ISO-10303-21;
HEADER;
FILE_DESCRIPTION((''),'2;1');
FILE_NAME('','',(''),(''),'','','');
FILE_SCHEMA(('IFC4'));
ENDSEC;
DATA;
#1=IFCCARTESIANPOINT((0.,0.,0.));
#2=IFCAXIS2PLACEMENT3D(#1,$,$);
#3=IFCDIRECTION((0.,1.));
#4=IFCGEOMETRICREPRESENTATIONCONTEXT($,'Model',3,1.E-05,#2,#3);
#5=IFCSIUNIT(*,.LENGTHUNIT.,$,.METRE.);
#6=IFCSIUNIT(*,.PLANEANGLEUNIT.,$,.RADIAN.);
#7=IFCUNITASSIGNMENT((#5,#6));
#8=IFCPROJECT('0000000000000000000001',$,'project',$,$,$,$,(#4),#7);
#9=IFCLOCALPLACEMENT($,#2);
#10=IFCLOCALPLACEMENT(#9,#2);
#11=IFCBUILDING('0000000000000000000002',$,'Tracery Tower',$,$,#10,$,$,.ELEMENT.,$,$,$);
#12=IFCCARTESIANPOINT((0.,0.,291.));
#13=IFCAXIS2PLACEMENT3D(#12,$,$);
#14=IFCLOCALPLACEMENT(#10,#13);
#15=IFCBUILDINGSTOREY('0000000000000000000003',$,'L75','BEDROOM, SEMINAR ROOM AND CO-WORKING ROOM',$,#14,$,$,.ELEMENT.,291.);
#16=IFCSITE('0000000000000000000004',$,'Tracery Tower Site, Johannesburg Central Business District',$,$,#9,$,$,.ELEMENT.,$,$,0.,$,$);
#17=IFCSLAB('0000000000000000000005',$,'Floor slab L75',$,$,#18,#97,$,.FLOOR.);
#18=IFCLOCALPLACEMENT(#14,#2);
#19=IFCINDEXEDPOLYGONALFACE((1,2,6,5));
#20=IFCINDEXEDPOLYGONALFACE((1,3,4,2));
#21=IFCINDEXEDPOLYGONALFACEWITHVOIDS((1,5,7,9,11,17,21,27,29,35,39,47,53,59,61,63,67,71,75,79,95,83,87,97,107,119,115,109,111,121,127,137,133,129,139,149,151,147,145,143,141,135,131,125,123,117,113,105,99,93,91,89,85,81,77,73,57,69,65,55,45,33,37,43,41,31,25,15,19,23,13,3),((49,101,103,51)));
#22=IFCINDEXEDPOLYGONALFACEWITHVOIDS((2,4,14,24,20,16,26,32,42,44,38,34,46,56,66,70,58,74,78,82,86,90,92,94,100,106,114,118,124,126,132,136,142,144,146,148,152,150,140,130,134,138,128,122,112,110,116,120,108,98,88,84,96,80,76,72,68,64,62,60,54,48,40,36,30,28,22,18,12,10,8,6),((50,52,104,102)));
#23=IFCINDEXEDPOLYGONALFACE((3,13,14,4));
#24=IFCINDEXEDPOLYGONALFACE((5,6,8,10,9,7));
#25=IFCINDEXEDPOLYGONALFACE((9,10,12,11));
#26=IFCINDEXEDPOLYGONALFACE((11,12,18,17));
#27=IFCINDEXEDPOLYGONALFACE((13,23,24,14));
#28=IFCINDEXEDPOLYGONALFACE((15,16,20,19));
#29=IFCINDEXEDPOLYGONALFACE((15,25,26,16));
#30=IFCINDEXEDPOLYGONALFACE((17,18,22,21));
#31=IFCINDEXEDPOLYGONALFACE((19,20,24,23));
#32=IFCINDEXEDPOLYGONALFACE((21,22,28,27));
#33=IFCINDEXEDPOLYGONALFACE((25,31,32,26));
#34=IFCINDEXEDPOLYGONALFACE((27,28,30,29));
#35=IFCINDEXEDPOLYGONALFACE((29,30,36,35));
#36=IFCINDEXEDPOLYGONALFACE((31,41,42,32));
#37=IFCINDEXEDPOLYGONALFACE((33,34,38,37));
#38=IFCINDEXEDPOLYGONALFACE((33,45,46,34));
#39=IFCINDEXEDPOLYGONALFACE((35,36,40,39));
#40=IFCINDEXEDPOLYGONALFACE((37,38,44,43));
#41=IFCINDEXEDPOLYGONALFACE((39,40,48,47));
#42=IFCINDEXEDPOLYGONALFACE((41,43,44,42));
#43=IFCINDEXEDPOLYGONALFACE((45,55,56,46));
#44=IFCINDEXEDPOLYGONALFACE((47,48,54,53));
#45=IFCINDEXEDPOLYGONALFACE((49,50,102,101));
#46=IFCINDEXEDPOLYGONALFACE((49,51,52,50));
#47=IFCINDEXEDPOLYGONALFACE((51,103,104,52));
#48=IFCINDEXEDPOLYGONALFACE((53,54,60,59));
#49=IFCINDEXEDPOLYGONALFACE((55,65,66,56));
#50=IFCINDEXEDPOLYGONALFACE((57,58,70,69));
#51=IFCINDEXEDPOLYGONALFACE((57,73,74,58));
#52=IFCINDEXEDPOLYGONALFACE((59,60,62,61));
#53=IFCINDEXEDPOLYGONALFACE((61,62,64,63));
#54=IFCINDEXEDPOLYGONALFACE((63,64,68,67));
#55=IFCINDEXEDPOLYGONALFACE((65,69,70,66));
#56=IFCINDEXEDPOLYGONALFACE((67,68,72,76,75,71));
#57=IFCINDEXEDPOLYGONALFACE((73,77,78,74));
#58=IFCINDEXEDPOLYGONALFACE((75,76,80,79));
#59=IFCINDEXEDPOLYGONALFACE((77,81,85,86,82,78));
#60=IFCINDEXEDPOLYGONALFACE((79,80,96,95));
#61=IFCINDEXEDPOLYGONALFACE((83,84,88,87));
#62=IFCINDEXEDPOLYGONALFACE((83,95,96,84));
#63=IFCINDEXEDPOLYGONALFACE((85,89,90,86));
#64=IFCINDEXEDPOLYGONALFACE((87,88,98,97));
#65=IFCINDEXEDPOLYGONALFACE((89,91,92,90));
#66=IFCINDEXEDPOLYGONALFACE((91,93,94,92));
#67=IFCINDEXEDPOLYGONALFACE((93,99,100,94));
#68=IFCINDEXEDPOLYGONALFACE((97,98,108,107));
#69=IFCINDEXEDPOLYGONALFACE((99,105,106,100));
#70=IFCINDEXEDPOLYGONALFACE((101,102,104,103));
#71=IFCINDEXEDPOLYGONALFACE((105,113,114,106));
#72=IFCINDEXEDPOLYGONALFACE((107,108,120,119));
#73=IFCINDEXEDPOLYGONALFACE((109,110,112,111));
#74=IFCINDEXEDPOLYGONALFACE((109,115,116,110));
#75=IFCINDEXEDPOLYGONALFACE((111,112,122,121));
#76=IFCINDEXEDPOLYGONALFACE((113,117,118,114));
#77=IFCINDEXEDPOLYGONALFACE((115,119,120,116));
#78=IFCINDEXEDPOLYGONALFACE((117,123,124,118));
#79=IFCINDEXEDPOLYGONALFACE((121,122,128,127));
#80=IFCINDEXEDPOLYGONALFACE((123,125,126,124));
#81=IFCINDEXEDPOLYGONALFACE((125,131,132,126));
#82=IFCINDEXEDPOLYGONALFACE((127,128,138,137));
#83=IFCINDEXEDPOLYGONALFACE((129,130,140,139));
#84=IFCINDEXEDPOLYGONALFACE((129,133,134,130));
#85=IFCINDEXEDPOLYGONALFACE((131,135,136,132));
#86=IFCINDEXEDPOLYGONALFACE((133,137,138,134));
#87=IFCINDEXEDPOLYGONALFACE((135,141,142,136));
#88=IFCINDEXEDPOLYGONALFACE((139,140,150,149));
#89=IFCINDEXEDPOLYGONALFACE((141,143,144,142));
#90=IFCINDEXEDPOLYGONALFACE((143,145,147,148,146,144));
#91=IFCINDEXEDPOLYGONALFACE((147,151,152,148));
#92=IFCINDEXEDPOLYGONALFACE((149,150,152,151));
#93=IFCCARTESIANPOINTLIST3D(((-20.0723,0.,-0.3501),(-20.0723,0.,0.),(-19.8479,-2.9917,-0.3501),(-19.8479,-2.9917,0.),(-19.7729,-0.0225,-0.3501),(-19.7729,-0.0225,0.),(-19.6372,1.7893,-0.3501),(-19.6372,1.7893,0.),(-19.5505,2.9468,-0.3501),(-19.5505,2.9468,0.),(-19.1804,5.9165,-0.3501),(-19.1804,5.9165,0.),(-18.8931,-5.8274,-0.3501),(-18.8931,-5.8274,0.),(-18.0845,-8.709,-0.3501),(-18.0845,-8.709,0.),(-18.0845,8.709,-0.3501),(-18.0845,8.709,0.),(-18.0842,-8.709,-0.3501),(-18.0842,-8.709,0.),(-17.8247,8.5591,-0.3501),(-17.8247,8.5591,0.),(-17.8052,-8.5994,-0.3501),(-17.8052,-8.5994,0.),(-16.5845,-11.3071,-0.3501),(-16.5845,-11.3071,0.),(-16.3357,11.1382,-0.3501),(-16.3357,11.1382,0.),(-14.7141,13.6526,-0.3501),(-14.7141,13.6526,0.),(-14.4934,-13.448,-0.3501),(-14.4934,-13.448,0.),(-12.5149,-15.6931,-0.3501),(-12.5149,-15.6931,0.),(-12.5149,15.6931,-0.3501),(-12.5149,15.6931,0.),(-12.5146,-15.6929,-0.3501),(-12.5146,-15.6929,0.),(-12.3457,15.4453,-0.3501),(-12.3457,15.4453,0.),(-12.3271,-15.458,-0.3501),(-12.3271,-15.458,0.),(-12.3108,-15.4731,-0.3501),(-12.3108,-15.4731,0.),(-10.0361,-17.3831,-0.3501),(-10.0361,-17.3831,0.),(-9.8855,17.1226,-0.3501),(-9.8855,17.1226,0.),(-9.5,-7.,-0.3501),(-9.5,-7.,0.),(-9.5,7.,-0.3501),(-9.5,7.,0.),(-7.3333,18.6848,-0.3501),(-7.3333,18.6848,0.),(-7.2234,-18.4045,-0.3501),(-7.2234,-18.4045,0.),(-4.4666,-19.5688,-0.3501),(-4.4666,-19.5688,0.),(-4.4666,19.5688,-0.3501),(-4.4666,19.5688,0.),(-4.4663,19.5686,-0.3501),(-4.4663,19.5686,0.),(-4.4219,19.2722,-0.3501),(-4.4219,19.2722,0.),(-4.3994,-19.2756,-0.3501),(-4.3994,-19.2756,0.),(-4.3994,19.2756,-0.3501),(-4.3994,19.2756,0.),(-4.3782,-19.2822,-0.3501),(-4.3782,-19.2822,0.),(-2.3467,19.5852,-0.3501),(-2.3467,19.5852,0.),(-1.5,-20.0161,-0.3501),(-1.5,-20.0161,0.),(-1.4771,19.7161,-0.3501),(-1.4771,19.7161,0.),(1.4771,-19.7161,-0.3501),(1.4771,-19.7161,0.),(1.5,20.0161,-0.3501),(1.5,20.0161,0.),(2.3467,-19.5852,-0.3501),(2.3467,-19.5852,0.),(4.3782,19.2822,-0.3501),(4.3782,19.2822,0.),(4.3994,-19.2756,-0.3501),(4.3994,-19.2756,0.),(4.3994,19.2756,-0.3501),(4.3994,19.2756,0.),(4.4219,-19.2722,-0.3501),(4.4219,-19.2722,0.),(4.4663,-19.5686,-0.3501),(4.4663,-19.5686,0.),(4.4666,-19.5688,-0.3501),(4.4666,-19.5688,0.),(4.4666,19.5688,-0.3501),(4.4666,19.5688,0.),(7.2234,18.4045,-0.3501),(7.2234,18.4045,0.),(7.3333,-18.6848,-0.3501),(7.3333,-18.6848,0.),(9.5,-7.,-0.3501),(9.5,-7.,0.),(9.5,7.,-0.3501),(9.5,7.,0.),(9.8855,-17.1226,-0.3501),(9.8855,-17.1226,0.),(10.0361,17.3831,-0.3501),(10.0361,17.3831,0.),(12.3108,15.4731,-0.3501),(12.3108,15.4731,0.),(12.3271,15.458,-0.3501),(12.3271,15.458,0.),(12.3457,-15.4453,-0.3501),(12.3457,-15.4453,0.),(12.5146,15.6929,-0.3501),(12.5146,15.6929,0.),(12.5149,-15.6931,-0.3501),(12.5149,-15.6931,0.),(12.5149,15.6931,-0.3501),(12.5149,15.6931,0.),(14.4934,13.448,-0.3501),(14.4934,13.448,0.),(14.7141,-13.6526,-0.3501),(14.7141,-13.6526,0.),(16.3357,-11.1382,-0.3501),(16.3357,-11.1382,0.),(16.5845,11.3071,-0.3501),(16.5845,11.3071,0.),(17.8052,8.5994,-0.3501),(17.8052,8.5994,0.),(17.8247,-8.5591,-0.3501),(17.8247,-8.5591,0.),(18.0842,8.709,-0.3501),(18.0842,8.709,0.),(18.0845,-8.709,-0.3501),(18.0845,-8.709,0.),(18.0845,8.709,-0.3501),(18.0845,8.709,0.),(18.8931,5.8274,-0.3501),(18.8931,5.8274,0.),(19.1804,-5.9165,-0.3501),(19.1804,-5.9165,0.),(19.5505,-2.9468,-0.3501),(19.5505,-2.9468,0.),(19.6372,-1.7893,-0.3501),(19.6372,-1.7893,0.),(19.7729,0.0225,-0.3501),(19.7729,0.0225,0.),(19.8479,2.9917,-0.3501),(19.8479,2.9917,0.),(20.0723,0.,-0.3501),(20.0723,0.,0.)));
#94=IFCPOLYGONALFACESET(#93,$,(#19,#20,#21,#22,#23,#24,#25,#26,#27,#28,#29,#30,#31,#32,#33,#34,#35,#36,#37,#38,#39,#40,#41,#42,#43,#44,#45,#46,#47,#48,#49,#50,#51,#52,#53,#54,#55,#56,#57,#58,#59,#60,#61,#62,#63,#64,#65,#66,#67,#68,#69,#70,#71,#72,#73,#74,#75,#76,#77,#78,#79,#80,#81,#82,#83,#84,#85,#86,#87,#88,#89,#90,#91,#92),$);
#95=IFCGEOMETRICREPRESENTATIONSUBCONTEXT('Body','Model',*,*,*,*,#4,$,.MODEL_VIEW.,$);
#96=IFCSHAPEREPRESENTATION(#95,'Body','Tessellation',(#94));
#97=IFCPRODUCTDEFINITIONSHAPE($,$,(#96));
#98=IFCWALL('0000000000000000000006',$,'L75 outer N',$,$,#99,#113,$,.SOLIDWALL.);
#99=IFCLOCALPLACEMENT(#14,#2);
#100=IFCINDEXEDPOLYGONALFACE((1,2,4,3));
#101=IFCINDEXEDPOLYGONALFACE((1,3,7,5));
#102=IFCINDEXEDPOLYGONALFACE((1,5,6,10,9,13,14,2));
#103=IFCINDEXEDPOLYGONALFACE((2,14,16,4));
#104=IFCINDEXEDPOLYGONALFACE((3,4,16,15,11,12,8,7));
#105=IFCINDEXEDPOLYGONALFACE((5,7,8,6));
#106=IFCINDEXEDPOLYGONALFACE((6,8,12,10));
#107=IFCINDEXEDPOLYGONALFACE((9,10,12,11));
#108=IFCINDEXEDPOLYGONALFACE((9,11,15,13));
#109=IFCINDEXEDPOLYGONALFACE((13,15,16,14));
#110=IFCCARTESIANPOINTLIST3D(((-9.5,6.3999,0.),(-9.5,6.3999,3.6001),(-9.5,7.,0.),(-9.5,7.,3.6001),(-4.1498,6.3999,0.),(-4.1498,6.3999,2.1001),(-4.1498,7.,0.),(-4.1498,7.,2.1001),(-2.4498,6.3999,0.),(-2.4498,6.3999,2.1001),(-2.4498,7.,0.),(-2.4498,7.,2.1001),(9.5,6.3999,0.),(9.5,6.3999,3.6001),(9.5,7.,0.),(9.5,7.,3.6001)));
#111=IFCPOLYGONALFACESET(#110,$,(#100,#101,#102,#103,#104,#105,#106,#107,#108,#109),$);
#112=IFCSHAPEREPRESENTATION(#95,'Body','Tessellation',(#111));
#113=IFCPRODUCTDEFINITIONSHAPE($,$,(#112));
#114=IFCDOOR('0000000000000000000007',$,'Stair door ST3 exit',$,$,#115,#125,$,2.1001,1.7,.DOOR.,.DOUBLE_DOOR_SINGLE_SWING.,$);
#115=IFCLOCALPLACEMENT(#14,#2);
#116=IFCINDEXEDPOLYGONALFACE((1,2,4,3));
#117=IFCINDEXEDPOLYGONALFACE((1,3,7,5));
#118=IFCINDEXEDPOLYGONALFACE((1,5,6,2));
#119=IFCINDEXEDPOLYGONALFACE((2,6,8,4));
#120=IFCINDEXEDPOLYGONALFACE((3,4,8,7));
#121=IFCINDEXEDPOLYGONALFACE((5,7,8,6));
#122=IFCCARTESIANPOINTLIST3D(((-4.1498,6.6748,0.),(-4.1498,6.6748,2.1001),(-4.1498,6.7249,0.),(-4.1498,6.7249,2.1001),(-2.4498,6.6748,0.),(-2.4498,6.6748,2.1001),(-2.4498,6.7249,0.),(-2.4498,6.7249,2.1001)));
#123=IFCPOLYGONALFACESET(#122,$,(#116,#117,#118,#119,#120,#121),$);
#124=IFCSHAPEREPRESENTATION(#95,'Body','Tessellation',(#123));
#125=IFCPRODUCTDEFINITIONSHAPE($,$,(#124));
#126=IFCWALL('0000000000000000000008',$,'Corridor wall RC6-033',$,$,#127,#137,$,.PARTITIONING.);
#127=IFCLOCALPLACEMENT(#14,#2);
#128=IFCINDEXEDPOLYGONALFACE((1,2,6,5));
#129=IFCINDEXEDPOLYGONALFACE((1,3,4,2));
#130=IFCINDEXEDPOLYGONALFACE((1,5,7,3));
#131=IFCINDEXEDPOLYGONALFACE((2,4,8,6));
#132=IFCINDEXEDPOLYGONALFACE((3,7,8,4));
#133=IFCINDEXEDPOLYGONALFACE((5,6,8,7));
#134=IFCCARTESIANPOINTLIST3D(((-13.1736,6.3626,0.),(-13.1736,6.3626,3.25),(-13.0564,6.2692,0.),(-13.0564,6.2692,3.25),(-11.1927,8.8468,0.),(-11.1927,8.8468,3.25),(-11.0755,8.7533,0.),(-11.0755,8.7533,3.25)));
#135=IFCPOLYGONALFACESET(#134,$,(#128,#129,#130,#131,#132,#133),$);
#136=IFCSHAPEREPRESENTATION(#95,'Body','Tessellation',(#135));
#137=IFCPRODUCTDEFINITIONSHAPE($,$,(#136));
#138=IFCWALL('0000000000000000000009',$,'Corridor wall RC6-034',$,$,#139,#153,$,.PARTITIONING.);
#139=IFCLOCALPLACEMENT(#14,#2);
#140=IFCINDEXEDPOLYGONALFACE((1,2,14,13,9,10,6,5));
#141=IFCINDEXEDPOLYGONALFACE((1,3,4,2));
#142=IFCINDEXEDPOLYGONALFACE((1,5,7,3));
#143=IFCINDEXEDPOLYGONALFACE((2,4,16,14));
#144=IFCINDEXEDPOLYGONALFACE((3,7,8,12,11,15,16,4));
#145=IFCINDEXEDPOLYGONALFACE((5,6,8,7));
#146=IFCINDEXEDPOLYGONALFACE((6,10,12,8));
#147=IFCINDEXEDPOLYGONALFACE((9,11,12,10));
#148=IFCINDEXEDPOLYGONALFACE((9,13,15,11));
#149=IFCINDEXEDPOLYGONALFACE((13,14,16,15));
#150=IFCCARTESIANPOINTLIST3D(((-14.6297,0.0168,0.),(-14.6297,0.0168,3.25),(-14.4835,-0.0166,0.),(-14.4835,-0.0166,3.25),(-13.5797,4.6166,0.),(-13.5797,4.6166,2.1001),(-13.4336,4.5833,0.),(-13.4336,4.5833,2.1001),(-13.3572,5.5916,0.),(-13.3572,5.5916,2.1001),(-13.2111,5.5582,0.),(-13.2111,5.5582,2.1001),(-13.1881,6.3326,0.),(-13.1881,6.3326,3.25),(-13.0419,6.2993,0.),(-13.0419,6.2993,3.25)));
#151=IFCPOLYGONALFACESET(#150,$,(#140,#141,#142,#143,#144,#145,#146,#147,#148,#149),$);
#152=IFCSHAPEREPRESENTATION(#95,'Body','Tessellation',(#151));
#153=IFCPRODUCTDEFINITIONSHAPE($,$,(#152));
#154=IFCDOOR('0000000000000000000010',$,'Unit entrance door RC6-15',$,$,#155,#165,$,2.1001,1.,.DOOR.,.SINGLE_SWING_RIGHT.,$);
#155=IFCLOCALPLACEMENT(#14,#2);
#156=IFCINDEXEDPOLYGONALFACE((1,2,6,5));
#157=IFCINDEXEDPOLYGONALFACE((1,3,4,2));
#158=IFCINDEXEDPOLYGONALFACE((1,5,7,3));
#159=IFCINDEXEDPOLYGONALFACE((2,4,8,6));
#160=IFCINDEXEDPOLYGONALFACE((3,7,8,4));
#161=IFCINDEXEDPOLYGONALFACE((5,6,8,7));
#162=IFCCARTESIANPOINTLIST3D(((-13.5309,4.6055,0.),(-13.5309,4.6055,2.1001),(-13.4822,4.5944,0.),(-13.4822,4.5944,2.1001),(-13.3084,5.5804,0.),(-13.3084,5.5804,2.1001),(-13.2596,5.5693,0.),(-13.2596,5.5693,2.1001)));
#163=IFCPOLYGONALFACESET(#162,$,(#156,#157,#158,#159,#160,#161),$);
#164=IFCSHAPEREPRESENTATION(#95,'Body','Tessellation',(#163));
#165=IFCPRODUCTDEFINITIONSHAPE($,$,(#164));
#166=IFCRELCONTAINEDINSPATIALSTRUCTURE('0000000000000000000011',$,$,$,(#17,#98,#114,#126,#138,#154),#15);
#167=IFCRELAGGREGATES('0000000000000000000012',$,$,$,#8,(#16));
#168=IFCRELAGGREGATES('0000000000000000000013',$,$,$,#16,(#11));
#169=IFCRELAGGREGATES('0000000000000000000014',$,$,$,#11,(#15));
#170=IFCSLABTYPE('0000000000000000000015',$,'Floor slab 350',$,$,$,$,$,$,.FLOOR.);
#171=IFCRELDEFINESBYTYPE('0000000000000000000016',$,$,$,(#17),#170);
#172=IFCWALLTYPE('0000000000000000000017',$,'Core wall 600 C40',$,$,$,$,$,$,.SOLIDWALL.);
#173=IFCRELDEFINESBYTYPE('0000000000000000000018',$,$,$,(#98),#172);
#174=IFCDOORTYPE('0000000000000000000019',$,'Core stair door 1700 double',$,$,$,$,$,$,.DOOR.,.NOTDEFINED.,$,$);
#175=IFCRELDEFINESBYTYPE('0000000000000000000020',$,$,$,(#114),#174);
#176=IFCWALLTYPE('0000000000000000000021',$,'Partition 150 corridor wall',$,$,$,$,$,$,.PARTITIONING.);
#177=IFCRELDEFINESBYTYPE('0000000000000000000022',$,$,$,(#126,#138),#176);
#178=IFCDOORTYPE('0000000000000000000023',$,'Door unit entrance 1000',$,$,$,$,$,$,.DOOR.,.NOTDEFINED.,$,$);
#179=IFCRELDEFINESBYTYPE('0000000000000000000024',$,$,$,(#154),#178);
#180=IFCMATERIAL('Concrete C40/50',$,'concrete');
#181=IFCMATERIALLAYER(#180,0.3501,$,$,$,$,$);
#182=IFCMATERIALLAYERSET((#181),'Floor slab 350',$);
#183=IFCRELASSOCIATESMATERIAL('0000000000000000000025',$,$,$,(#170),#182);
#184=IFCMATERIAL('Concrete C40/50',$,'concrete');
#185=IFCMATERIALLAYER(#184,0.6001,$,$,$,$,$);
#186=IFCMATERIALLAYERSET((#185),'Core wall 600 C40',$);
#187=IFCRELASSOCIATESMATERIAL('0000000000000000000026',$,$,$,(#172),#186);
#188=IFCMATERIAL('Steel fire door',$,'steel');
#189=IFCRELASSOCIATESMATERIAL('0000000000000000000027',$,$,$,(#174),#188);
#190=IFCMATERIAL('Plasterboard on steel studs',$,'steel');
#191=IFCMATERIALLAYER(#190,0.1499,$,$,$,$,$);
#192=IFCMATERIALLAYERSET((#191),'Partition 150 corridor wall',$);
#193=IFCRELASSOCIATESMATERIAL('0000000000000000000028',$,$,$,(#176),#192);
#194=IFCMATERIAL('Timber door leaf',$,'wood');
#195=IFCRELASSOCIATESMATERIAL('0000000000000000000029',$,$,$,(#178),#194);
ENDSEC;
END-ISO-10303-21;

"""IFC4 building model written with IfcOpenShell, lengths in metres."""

from ifc_helpers import new_model, si_unit, direction, frame, frame_2d, origin, place, context, subcontext, project, spatial, polyline, rectangle, outline, extrude, material, layer, layer_set, type_object, element, fill, save


model = new_model("IFC4")

# Units and contexts
model_context = context("Model", 3, precision=1e-05, world=origin(), true_north=direction((0.0, 1.0)))
body_context = subcontext(model_context, "Body", "Model", "MODEL_VIEW")
ifc_project = project(units=[si_unit("LENGTHUNIT", "METRE"), si_unit("PLANEANGLEUNIT", "RADIAN")], contexts=[model_context])

# Site, building, storey
site_placement = place(None, origin())
site = spatial("IfcSite", under=ifc_project, at=site_placement, Name="Tracery Tower Site, Johannesburg Central Business District", CompositionType="ELEMENT", RefElevation=0.0)
building_placement = place(site_placement, origin())
building = spatial("IfcBuilding", under=site, at=building_placement, Name="Tracery Tower", CompositionType="ELEMENT")
storey_placement = place(building_placement, frame((0.0, 0.0, 291.0)))
storey = spatial("IfcBuildingStorey", under=building, at=storey_placement, Name="L75", Description="BEDROOM, SEMINAR ROOM AND CO-WORKING ROOM", CompositionType="ELEMENT", Elevation=291.0)

# Slab
ifc_material_1 = material(Name="Concrete C40/50", Category="concrete")
ifc_layer_1 = layer(ifc_material_1, 0.3501)
ifc_layer_set_1 = layer_set([ifc_layer_1], Name="Floor slab 350")
slab_type = type_object("IfcSlabType", Name="Floor slab 350", PredefinedType="FLOOR", material=ifc_layer_set_1)
slab_placement = place(storey_placement, frame((0.0, 0.0, -0.3501)))
element("IfcSlab", 1, at=slab_placement, inside=storey, type_object=slab_type, Name="Floor slab L75", PredefinedType="FLOOR", context=body_context, shape_type="SweptSolid", body=[
    extrude(outline(polyline([(18.8931, 5.8274), (17.8052, 8.5994), (18.0842, 8.709), (18.0845, 8.709), (16.5845, 11.3071), (14.4934, 13.448), (12.3271, 15.458), (12.3271, 15.458), (12.3108, 15.4731), (12.5146, 15.6929), (12.5149, 15.6931), (10.0361, 17.3831), (7.2234, 18.4045), (4.3994, 19.2756), (4.3994, 19.2756), (4.3782, 19.2822), (4.4666, 19.5688), (1.5, 20.0161), (-1.4771, 19.7161), (-2.3467, 19.5852), (-4.3994, 19.2756), (-4.3994, 19.2756), (-4.4219, 19.2722), (-4.4663, 19.5686), (-4.4666, 19.5688), (-7.3333, 18.6848), (-9.8855, 17.1226), (-12.3457, 15.4453), (-12.5149, 15.6931), (-14.7141, 13.6526), (-16.3357, 11.1382), (-17.8247, 8.5591), (-18.0845, 8.709), (-19.1804, 5.9165), (-19.5505, 2.9468), (-19.6372, 1.7893), (-19.7729, -0.0225), (-20.0723, 0.0), (-20.0723, 0.0), (-19.8479, -2.9917), (-18.8931, -5.8274), (-17.8052, -8.5994), (-18.0842, -8.709), (-18.0845, -8.709), (-16.5845, -11.3071), (-14.4934, -13.448), (-12.3271, -15.458), (-12.3271, -15.458), (-12.3108, -15.4731), (-12.5146, -15.6929), (-12.5149, -15.6931), (-10.0361, -17.3831), (-7.2234, -18.4045), (-4.3994, -19.2756), (-4.3994, -19.2756), (-4.3782, -19.2822), (-4.4666, -19.5688), (-1.5, -20.0161), (1.4771, -19.7161), (2.3467, -19.5852), (4.3994, -19.2756), (4.3994, -19.2756), (4.4219, -19.2722), (4.4663, -19.5686), (4.4666, -19.5688), (7.3333, -18.6848), (9.8855, -17.1226), (12.3457, -15.4453), (12.5149, -15.6931), (14.7141, -13.6526), (16.3357, -11.1382), (17.8247, -8.5591), (18.0845, -8.709), (19.1804, -5.9165), (19.5505, -2.9468), (19.6372, -1.7893), (19.7729, 0.0225), (20.0723, 0.0), (19.8479, 2.9917), (18.8931, 5.8274)]), holes=[polyline([(-9.5, -7.0), (9.5, -7.0), (9.5, 7.0), (-9.5, 7.0), (-9.5, -7.0)])]), origin(), (0.0, 0.0, 1.0), 0.3501),
])

# Wall, opening, door
ifc_material_2 = material(Name="Concrete C40/50", Category="concrete")
ifc_layer_2 = layer(ifc_material_2, 0.6001)
ifc_layer_set_2 = layer_set([ifc_layer_2], Name="Core wall 600 C40")
wall_type_1 = type_object("IfcWallType", Name="Core wall 600 C40", PredefinedType="SOLIDWALL", material=ifc_layer_set_2)
wall_1_placement = place(storey_placement, frame((-9.5, 6.7, 0.0), z_axis=(0.0, 0.0, 1.0), x_axis=(1.0, 0.0, 0.0)))
wall_1 = element("IfcWall", 2, at=wall_1_placement, inside=storey, type_object=wall_type_1, Name="L75 outer N", PredefinedType="SOLIDWALL", context=body_context, shape_type="SweptSolid", body=[
    extrude(rectangle(XDim=19.0, YDim=0.6001, at=frame_2d((9.5, 0.0))), origin(), (0.0, 0.0, 1.0), 3.6001),
])
opening_1_placement = place(wall_1_placement, frame((5.3501, 0.0, 0.0)))
opening_1 = element("IfcOpeningElement", 3, at=opening_1_placement, cuts=wall_1, PredefinedType="OPENING", context=body_context, shape_type="SweptSolid", body=[
    extrude(rectangle(XDim=1.7, YDim=2.1001, at=frame_2d((0.8501, 1.05))), frame((0.0, 0.3, 0.0), z_axis=(0.0, -1.0, 0.0), x_axis=(1.0, 0.0, 0.0)), (0.0, 0.0, 1.0), 0.6001),
])
ifc_material_3 = material(Name="Steel fire door", Category="steel")
door_type_1 = type_object("IfcDoorType", Name="Core stair door 1700 double", OperationType="NOTDEFINED", PredefinedType="DOOR", material=ifc_material_3)
door_1_placement = place(opening_1_placement, origin())
door_1 = element("IfcDoor", 4, at=door_1_placement, inside=storey, type_object=door_type_1, Name="Stair door ST3 exit", OperationType="DOUBLE_DOOR_SINGLE_SWING", OverallHeight=2.1001, OverallWidth=1.7, PredefinedType="DOOR", context=body_context, shape_type="SweptSolid", body=[
    extrude(rectangle(XDim=1.7, YDim=2.1001, at=frame_2d((0.8501, 1.05))), frame((0.0, 0.0249, 0.0), z_axis=(0.0, -1.0, 0.0), x_axis=(1.0, 0.0, 0.0)), (0.0, 0.0, 1.0), 0.05),
])
fill(opening_1, door_1)

# Wall
ifc_material_4 = material(Name="Plasterboard on steel studs", Category="steel")
ifc_layer_3 = layer(ifc_material_4, 0.1499)
ifc_layer_set_3 = layer_set([ifc_layer_3], Name="Partition 150 corridor wall")
wall_type_2 = type_object("IfcWallType", Name="Partition 150 corridor wall", PredefinedType="PARTITIONING", material=ifc_layer_set_3)
wall_2_placement = place(storey_placement, frame((-13.115, 6.3159, 0.0), z_axis=(0.0, 0.0, 1.0), x_axis=(0.623476, 0.781842, 0.0)))
element("IfcWall", 5, at=wall_2_placement, inside=storey, type_object=wall_type_2, Name="Corridor wall RC6-033", PredefinedType="PARTITIONING", context=body_context, shape_type="SweptSolid", body=[
    extrude(rectangle(XDim=3.1772, YDim=0.1499, at=frame_2d((1.5886, 0.0))), origin(), (0.0, 0.0, 1.0), 3.25),
])

# Wall, opening, door
wall_3_placement = place(storey_placement, frame((-14.5566, 0.0, 0.0), z_axis=(0.0, 0.0, 1.0), x_axis=(0.222533, 0.974925, 0.0)))
wall_3 = element("IfcWall", 6, at=wall_3_placement, inside=storey, type_object=wall_type_2, Name="Corridor wall RC6-034", PredefinedType="PARTITIONING", context=body_context, shape_type="SweptSolid", body=[
    extrude(rectangle(XDim=6.4783, YDim=0.1499, at=frame_2d((3.2393, 0.0))), origin(), (0.0, 0.0, 1.0), 3.25),
])
opening_2_placement = place(wall_3_placement, frame((4.7183, 0.0, 0.0)))
opening_2 = element("IfcOpeningElement", 7, at=opening_2_placement, cuts=wall_3, PredefinedType="OPENING", context=body_context, shape_type="SweptSolid", body=[
    extrude(rectangle(XDim=1.0, YDim=2.1001, at=frame_2d((0.5, 1.05))), frame((0.0, 0.075, 0.0), z_axis=(0.0, -1.0, 0.0), x_axis=(1.0, 0.0, 0.0)), (0.0, 0.0, 1.0), 0.1499),
])
ifc_material_5 = material(Name="Timber door leaf", Category="wood")
door_type_2 = type_object("IfcDoorType", Name="Door unit entrance 1000", OperationType="NOTDEFINED", PredefinedType="DOOR", material=ifc_material_5)
door_2_placement = place(opening_2_placement, origin())
door_2 = element("IfcDoor", 8, at=door_2_placement, inside=storey, type_object=door_type_2, Name="Unit entrance door RC6-15", OperationType="SINGLE_SWING_RIGHT", OverallHeight=2.1001, OverallWidth=1.0, PredefinedType="DOOR", context=body_context, shape_type="SweptSolid", body=[
    extrude(rectangle(XDim=1.0, YDim=2.1001, at=frame_2d((0.5, 1.05))), frame((0.0, 0.0249, 0.0), z_axis=(0.0, -1.0, 0.0), x_axis=(1.0, 0.0, 0.0)), (0.0, 0.0, 1.0), 0.05),
])
fill(opening_2, door_2)

save(model, "model.ifc")
